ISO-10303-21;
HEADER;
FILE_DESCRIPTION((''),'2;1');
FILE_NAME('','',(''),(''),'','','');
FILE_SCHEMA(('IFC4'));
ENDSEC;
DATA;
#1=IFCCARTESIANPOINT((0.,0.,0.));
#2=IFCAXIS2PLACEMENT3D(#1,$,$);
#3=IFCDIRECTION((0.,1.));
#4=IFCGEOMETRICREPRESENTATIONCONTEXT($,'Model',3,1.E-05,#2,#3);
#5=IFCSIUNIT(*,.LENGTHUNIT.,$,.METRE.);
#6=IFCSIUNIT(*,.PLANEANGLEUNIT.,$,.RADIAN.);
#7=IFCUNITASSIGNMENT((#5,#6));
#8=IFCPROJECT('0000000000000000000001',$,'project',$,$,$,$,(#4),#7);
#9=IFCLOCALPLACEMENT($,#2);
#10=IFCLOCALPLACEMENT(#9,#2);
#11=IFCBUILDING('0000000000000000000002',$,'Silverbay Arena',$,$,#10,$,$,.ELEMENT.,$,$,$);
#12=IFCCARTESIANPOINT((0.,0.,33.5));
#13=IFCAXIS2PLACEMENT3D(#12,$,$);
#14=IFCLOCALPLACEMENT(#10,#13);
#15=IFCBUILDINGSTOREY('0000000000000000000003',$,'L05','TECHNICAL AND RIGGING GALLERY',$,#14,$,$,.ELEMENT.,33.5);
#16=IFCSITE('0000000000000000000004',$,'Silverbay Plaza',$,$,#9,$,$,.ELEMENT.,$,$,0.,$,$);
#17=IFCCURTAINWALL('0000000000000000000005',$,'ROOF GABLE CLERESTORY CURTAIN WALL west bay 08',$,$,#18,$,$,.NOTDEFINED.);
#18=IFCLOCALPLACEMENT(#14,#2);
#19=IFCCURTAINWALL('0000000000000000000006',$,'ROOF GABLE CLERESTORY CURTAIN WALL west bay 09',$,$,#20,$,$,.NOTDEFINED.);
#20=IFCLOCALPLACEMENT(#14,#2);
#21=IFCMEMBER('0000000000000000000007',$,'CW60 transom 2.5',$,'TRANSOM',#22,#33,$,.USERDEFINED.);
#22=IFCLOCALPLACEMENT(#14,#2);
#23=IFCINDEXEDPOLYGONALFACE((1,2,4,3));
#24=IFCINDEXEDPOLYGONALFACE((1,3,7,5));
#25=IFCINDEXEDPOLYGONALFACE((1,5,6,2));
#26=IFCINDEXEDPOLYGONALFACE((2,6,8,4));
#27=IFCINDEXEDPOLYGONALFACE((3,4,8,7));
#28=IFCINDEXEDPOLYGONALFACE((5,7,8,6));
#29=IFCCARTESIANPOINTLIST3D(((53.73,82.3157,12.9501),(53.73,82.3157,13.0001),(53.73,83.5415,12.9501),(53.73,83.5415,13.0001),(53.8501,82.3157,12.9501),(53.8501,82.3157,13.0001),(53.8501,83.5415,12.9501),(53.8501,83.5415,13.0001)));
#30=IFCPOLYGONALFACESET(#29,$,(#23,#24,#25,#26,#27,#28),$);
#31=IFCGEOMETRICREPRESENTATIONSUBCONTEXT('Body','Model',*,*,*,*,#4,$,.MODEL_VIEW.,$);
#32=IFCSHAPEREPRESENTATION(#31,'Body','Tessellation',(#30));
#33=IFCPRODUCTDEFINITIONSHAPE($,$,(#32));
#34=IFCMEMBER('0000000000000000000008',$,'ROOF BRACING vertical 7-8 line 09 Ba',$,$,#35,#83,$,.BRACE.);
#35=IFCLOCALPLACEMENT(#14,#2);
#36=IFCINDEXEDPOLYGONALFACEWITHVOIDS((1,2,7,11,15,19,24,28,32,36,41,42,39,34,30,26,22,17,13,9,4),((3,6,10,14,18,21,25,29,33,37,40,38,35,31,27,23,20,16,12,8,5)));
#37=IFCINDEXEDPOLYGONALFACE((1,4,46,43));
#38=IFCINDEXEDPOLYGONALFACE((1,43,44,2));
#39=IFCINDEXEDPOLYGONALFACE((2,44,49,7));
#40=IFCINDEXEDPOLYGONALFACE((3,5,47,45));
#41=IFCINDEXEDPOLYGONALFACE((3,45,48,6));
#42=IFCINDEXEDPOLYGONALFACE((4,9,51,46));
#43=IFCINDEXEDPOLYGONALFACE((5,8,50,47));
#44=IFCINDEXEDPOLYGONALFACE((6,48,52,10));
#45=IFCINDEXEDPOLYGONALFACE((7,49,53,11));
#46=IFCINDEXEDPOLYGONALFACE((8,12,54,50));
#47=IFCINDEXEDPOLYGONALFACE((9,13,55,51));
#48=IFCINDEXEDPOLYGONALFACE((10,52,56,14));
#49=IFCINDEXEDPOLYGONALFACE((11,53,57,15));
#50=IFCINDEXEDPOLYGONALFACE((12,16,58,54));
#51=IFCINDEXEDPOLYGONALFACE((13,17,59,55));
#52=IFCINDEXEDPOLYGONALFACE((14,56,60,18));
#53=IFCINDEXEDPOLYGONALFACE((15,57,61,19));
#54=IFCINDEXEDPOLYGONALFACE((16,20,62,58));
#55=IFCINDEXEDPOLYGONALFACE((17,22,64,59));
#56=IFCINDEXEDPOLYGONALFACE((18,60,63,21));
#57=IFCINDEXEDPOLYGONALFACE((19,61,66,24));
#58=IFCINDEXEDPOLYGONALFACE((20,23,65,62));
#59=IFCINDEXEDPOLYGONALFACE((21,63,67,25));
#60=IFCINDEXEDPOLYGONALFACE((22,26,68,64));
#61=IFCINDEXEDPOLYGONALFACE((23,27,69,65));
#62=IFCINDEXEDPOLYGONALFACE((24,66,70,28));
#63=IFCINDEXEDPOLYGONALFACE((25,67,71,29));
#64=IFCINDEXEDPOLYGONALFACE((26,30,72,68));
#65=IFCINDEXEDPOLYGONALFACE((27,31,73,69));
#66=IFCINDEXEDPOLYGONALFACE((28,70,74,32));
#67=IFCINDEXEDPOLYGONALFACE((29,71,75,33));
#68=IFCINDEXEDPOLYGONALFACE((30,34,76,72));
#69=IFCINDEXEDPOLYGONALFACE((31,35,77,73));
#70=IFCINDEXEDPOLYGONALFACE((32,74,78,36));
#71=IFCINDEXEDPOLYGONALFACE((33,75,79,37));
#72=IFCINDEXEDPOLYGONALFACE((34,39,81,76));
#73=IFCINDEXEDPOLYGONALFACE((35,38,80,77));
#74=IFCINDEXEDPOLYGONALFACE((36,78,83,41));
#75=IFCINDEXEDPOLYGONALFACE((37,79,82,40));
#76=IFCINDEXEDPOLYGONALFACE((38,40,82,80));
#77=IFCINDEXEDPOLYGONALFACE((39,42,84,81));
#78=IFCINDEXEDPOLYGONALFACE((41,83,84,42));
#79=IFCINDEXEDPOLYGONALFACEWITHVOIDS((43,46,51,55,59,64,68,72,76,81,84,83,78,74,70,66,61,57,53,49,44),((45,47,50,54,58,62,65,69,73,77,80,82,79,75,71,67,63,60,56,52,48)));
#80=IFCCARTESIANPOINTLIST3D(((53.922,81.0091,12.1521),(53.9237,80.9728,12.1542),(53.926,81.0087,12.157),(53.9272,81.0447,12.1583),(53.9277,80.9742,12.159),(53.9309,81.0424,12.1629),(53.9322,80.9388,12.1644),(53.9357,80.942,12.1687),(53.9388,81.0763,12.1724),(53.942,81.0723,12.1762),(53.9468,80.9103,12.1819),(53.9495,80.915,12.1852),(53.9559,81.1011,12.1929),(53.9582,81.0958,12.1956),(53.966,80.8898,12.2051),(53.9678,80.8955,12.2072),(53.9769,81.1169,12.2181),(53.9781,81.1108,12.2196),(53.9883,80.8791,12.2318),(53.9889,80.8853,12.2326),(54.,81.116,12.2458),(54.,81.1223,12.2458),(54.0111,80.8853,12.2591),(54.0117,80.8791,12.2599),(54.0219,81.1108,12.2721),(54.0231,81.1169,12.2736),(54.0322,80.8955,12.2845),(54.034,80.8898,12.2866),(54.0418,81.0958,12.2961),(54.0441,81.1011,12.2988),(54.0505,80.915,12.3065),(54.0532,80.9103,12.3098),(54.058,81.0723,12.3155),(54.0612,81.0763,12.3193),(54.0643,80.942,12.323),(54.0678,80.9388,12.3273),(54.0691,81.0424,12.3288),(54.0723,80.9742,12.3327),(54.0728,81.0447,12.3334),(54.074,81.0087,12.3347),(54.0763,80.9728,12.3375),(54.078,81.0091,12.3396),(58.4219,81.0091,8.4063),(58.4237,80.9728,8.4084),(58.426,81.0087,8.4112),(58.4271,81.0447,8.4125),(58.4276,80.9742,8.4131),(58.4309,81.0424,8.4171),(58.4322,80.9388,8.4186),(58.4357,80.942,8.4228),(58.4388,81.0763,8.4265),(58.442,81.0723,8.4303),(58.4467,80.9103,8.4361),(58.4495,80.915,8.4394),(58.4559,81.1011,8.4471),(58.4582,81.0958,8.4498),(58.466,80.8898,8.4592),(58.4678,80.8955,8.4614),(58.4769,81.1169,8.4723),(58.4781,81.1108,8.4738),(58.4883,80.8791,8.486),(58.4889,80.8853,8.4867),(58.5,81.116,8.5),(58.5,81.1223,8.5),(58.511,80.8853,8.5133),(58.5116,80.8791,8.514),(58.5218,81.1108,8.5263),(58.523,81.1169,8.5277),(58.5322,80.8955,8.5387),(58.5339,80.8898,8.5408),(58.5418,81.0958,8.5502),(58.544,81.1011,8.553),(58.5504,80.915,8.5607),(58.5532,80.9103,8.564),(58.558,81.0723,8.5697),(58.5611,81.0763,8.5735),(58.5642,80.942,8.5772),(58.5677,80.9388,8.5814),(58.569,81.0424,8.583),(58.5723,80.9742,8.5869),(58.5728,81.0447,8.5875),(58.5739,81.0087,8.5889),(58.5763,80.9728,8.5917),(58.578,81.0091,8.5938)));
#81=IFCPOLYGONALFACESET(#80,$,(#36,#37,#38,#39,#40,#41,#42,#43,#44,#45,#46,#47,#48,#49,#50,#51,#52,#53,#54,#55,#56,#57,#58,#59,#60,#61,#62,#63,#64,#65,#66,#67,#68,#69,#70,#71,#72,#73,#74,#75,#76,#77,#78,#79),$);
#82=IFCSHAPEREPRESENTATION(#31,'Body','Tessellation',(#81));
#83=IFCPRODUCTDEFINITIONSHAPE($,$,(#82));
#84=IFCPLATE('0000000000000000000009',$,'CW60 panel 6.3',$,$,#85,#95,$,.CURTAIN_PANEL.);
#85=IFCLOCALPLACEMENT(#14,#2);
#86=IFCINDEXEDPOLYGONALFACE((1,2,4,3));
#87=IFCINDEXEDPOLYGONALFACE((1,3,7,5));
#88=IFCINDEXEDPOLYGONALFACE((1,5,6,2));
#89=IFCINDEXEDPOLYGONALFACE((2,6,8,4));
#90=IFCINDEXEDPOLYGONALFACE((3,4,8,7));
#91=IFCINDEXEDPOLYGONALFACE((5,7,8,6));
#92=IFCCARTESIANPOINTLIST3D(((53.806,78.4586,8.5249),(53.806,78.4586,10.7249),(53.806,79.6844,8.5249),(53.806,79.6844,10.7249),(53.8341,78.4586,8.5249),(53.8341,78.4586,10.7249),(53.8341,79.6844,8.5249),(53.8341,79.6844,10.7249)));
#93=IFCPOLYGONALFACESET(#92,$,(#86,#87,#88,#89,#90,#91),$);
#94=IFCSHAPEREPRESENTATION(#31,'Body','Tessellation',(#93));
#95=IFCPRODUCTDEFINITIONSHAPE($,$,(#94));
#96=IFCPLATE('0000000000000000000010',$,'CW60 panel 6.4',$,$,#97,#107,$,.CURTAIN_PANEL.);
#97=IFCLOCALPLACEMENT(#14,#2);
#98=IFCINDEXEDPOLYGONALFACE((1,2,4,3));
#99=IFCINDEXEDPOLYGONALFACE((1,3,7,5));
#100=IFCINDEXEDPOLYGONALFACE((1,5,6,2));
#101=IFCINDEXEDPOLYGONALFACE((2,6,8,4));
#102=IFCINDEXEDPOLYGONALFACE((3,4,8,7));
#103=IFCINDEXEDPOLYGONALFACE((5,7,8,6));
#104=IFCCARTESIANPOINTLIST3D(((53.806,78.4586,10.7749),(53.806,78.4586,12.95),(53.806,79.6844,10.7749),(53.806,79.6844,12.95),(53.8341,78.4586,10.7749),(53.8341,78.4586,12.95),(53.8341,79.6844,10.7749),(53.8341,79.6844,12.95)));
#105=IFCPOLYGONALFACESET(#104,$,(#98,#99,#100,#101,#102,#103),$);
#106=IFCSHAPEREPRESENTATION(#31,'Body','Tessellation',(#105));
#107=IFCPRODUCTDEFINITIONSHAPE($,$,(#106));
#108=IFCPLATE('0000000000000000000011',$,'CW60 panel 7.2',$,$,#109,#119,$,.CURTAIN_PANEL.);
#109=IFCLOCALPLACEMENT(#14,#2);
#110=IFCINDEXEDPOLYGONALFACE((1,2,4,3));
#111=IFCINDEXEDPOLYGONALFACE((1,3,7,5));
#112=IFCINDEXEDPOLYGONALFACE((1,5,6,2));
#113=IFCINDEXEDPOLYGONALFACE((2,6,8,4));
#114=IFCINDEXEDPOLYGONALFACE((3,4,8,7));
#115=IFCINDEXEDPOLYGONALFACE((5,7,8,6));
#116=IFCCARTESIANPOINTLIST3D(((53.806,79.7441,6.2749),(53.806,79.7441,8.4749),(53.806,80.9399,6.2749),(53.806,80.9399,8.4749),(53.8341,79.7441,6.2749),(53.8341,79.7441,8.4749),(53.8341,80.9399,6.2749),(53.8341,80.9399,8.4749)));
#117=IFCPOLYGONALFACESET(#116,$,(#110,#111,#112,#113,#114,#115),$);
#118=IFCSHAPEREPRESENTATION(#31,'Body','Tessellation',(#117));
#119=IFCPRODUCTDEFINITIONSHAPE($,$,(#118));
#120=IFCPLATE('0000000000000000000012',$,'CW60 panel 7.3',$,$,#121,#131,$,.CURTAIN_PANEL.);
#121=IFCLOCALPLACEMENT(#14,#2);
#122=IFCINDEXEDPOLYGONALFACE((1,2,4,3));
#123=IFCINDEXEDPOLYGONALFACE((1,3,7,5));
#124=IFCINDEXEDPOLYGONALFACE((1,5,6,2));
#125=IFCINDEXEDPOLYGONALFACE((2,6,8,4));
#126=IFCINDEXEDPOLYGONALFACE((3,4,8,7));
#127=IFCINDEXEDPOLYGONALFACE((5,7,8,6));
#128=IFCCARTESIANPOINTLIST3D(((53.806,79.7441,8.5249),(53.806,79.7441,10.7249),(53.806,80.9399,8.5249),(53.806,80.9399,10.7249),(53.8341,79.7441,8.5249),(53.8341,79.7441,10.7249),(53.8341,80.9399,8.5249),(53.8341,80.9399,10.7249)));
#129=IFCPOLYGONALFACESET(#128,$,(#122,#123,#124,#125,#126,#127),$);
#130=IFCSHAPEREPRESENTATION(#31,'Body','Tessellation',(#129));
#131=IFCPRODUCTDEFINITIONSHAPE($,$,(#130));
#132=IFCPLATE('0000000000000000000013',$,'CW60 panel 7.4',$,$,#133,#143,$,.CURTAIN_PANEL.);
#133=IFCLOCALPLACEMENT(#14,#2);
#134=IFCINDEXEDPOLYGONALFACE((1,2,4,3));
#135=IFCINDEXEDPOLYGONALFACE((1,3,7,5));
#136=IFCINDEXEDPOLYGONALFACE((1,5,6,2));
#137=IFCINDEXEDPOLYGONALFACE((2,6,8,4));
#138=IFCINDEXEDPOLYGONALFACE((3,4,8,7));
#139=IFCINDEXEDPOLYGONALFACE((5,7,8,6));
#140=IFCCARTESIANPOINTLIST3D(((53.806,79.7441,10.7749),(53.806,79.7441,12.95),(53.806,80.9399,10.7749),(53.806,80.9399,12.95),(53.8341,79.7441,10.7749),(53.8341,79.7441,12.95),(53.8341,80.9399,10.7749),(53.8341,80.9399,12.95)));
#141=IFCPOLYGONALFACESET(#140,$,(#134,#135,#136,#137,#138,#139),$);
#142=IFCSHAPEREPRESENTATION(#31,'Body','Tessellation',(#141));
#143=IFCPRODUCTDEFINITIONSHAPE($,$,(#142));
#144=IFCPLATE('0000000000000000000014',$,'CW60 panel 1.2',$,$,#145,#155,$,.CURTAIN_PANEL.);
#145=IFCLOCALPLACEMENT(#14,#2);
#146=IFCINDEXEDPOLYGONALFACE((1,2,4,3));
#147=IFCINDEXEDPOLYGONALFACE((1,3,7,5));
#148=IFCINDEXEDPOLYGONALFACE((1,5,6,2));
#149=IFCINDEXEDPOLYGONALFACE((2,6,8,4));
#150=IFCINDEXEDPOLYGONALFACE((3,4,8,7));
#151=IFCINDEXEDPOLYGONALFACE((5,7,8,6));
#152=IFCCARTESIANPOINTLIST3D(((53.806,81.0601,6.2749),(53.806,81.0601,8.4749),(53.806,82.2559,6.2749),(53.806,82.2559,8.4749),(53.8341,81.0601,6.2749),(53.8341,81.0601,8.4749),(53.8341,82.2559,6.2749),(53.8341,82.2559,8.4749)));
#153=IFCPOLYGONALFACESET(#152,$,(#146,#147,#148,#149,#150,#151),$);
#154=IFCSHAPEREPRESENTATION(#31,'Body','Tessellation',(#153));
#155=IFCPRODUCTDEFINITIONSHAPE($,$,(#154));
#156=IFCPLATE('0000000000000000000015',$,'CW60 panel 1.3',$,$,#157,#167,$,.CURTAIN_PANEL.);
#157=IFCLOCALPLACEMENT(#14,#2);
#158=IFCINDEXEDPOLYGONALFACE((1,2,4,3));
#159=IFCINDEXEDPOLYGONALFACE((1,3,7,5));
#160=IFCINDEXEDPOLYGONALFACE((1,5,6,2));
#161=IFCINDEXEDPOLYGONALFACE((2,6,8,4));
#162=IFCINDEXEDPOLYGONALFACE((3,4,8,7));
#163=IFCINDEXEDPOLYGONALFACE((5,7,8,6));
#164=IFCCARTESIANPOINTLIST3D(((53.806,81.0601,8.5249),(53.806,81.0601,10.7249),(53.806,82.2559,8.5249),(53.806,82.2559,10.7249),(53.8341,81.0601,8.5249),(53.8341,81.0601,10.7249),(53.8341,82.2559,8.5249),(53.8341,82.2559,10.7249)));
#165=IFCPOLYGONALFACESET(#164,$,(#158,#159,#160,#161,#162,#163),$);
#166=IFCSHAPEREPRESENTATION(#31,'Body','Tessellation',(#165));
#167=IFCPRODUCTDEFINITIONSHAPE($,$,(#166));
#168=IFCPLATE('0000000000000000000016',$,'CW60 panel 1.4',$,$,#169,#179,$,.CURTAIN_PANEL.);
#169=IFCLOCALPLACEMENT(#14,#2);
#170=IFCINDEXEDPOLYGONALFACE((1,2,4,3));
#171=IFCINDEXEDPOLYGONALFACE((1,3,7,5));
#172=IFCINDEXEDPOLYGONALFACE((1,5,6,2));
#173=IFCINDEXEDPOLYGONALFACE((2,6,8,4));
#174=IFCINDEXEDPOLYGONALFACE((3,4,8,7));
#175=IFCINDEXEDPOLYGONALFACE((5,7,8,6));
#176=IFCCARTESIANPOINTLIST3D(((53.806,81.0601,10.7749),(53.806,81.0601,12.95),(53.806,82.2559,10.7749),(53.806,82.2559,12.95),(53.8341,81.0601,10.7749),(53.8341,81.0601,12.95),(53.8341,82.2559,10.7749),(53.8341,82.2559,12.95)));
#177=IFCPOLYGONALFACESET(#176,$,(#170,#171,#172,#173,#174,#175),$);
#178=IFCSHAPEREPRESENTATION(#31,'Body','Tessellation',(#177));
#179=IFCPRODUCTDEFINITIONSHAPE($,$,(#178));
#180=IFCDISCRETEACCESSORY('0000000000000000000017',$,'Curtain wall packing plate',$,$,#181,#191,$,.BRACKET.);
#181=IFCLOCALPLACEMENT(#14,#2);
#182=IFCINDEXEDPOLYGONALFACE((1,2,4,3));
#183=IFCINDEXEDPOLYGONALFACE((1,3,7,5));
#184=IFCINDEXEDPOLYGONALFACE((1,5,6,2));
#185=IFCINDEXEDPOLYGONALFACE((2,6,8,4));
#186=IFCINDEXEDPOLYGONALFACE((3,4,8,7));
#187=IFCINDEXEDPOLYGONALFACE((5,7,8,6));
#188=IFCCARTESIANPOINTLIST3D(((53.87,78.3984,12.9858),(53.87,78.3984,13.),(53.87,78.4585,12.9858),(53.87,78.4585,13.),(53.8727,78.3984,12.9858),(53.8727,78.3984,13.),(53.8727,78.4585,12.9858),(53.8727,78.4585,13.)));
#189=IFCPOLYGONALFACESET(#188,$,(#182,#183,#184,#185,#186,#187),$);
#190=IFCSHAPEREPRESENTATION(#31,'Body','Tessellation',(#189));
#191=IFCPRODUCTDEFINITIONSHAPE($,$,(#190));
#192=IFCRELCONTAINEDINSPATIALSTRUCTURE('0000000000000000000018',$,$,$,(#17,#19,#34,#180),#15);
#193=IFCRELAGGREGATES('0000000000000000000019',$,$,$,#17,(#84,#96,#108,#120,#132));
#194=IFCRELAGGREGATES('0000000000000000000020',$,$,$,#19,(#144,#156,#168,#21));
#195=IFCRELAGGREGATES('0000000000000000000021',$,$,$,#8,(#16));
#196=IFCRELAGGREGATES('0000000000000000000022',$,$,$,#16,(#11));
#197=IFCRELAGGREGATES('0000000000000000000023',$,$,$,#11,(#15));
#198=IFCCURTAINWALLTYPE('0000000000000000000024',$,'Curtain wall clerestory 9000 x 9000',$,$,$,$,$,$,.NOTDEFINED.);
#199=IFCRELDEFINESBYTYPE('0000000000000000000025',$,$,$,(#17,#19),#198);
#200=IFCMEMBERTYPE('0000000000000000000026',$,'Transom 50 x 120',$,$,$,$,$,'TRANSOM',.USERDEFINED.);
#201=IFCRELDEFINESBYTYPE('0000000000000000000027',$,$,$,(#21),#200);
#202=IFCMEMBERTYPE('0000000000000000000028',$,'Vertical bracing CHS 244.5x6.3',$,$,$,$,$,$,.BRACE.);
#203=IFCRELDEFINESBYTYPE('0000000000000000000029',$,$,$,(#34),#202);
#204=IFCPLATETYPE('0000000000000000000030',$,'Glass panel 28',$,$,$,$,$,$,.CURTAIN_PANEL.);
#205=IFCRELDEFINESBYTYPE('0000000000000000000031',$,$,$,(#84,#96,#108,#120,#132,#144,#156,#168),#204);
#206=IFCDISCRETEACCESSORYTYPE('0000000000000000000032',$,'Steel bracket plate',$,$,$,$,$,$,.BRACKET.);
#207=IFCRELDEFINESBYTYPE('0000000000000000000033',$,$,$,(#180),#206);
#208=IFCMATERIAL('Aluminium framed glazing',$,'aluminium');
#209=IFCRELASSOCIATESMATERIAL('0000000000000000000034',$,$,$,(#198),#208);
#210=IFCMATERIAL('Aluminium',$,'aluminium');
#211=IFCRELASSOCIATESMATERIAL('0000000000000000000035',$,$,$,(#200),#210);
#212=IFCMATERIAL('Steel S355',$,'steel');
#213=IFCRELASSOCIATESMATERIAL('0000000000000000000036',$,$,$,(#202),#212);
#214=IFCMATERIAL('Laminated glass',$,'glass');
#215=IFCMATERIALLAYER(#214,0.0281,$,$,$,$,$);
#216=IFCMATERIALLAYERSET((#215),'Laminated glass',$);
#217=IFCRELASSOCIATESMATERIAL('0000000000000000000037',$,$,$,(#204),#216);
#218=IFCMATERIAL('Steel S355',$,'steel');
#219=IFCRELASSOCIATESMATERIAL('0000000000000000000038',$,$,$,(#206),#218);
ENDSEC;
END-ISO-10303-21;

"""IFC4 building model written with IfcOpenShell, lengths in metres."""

from ifc_helpers import new_model, si_unit, direction, frame, origin, origin_2d, place, context, subcontext, project, spatial, rectangle, hollow_circle, extrude, material, layer, layer_set, material_profile, profile_set, type_object, element, aggregate, save


model = new_model("IFC4")

# Units and contexts
model_context = context("Model", 3, precision=1e-05, world=origin(), true_north=direction((0.0, 1.0)))
body_context = subcontext(model_context, "Body", "Model", "MODEL_VIEW")
ifc_project = project(units=[si_unit("LENGTHUNIT", "METRE"), si_unit("PLANEANGLEUNIT", "RADIAN")], contexts=[model_context])

# Site, building, storey
site_placement = place(None, origin())
site = spatial("IfcSite", under=ifc_project, at=site_placement, Name="Silverbay Plaza", CompositionType="ELEMENT", RefElevation=0.0)
building_placement = place(site_placement, origin())
building = spatial("IfcBuilding", under=site, at=building_placement, Name="Silverbay Arena", CompositionType="ELEMENT")
storey_placement = place(building_placement, frame((0.0, 0.0, 33.5)))
storey = spatial("IfcBuildingStorey", under=building, at=storey_placement, Name="L05", Description="TECHNICAL AND RIGGING GALLERY", CompositionType="ELEMENT", Elevation=33.5)

# Curtain walls, member
ifc_material_1 = material(Name="Aluminium framed glazing", Category="aluminium")
curtain_wall_type = type_object("IfcCurtainWallType", Name="Curtain wall clerestory 9000 x 9000", PredefinedType="NOTDEFINED", material=ifc_material_1)
curtain_wall_1_placement = place(storey_placement, origin())
curtain_wall_1 = element("IfcCurtainWall", 1, at=curtain_wall_1_placement, inside=storey, type_object=curtain_wall_type, Name="ROOF GABLE CLERESTORY CURTAIN WALL west bay 08", PredefinedType="NOTDEFINED")
ifc_material_2 = material(Name="Aluminium", Category="aluminium")
ifc_material_profile_1 = material_profile(ifc_material_2, rectangle(XDim=0.1201, YDim=0.05, at=origin_2d()), Name="Transom 50 x 120")
ifc_profile_set_1 = profile_set([ifc_material_profile_1], Name="Aluminium")
member_type_1 = type_object("IfcMemberType", Name="Transom 50 x 120", ElementType="TRANSOM", PredefinedType="USERDEFINED", material=ifc_profile_set_1)
curtain_wall_2_placement = place(storey_placement, origin())
curtain_wall_2 = element("IfcCurtainWall", 2, at=curtain_wall_2_placement, inside=storey, type_object=curtain_wall_type, Name="ROOF GABLE CLERESTORY CURTAIN WALL west bay 09", PredefinedType="NOTDEFINED")
member_1_placement = place(storey_placement, frame((53.79, 82.3157, 12.9751), z_axis=(0.0, 1.0, 0.0), x_axis=(-1.0, 0.0, 0.0)))
member_1 = element("IfcMember", 3, at=member_1_placement, type_object=member_type_1, Name="CW60 transom 2.5", ObjectType="TRANSOM", PredefinedType="USERDEFINED", context=body_context, shape_type="SweptSolid", body=[
    extrude(rectangle(XDim=0.1201, YDim=0.05, at=origin_2d()), origin(), (0.0, 0.0, 1.0), 1.2258),
])

# Member
ifc_material_3 = material(Name="Steel S355", Category="steel")
ifc_material_profile_2 = material_profile(ifc_material_3, hollow_circle(Radius=0.1223, WallThickness=0.0063, at=origin_2d()), Name="CHS 244.5x6.3")
ifc_profile_set_2 = profile_set([ifc_material_profile_2], Name="Steel S355")
member_type_2 = type_object("IfcMemberType", Name="Vertical bracing CHS 244.5x6.3", PredefinedType="BRACE", material=ifc_profile_set_2)
member_2_placement = place(storey_placement, frame((54.0, 81.0, 12.2458), z_axis=(0.76857, 0.0, -0.639766), x_axis=(0.0, 1.0, 0.0)))
element("IfcMember", 4, at=member_2_placement, inside=storey, type_object=member_type_2, Name="ROOF BRACING vertical 7-8 line 09 Ba", PredefinedType="BRACE", context=body_context, shape_type="SweptSolid", body=[
    extrude(hollow_circle(Radius=0.1223, WallThickness=0.0063, at=origin_2d()), origin(), (0.0, 0.0, 1.0), 5.855),
])

# Plates
ifc_material_4 = material(Name="Laminated glass", Category="glass")
ifc_layer = layer(ifc_material_4, 0.0281)
ifc_layer_set = layer_set([ifc_layer], Name="Laminated glass")
plate_type = type_object("IfcPlateType", Name="Glass panel 28", PredefinedType="CURTAIN_PANEL", material=ifc_layer_set)
plate_1_placement = place(storey_placement, frame((53.8201, 79.0715, 8.5249), z_axis=(0.0, 0.0, 1.0), x_axis=(0.0, 1.0, 0.0)))
plate_1 = element("IfcPlate", 5, at=plate_1_placement, type_object=plate_type, Name="CW60 panel 6.3", PredefinedType="CURTAIN_PANEL", context=body_context, shape_type="SweptSolid", body=[
    extrude(rectangle(XDim=1.2258, YDim=0.0281, at=origin_2d()), origin(), (0.0, 0.0, 1.0), 2.2),
])
plate_2_placement = place(storey_placement, frame((53.8201, 79.0715, 10.7749), z_axis=(0.0, 0.0, 1.0), x_axis=(0.0, 1.0, 0.0)))
plate_2 = element("IfcPlate", 6, at=plate_2_placement, type_object=plate_type, Name="CW60 panel 6.4", PredefinedType="CURTAIN_PANEL", context=body_context, shape_type="SweptSolid", body=[
    extrude(rectangle(XDim=1.2258, YDim=0.0281, at=origin_2d()), origin(), (0.0, 0.0, 1.0), 2.175),
])
plate_3_placement = place(storey_placement, frame((53.8201, 80.342, 6.2749), z_axis=(0.0, 0.0, 1.0), x_axis=(0.0, 1.0, 0.0)))
plate_3 = element("IfcPlate", 7, at=plate_3_placement, type_object=plate_type, Name="CW60 panel 7.2", PredefinedType="CURTAIN_PANEL", context=body_context, shape_type="SweptSolid", body=[
    extrude(rectangle(XDim=1.1958, YDim=0.0281, at=origin_2d()), origin(), (0.0, 0.0, 1.0), 2.2),
])
plate_4_placement = place(storey_placement, frame((53.8201, 80.342, 8.5249), z_axis=(0.0, 0.0, 1.0), x_axis=(0.0, 1.0, 0.0)))
plate_4 = element("IfcPlate", 8, at=plate_4_placement, type_object=plate_type, Name="CW60 panel 7.3", PredefinedType="CURTAIN_PANEL", context=body_context, shape_type="SweptSolid", body=[
    extrude(rectangle(XDim=1.1958, YDim=0.0281, at=origin_2d()), origin(), (0.0, 0.0, 1.0), 2.2),
])
plate_5_placement = place(storey_placement, frame((53.8201, 80.342, 10.7749), z_axis=(0.0, 0.0, 1.0), x_axis=(0.0, 1.0, 0.0)))
plate_5 = element("IfcPlate", 9, at=plate_5_placement, type_object=plate_type, Name="CW60 panel 7.4", PredefinedType="CURTAIN_PANEL", context=body_context, shape_type="SweptSolid", body=[
    extrude(rectangle(XDim=1.1958, YDim=0.0281, at=origin_2d()), origin(), (0.0, 0.0, 1.0), 2.175),
])
aggregate(curtain_wall_1, [plate_1, plate_2, plate_3, plate_4, plate_5])
plate_6_placement = place(storey_placement, frame((53.8201, 81.658, 6.2749), z_axis=(0.0, 0.0, 1.0), x_axis=(0.0, 1.0, 0.0)))
plate_6 = element("IfcPlate", 10, at=plate_6_placement, type_object=plate_type, Name="CW60 panel 1.2", PredefinedType="CURTAIN_PANEL", context=body_context, shape_type="SweptSolid", body=[
    extrude(rectangle(XDim=1.1958, YDim=0.0281, at=origin_2d()), origin(), (0.0, 0.0, 1.0), 2.2),
])
plate_7_placement = place(storey_placement, frame((53.8201, 81.658, 8.5249), z_axis=(0.0, 0.0, 1.0), x_axis=(0.0, 1.0, 0.0)))
plate_7 = element("IfcPlate", 11, at=plate_7_placement, type_object=plate_type, Name="CW60 panel 1.3", PredefinedType="CURTAIN_PANEL", context=body_context, shape_type="SweptSolid", body=[
    extrude(rectangle(XDim=1.1958, YDim=0.0281, at=origin_2d()), origin(), (0.0, 0.0, 1.0), 2.2),
])
plate_8_placement = place(storey_placement, frame((53.8201, 81.658, 10.7749), z_axis=(0.0, 0.0, 1.0), x_axis=(0.0, 1.0, 0.0)))
plate_8 = element("IfcPlate", 12, at=plate_8_placement, type_object=plate_type, Name="CW60 panel 1.4", PredefinedType="CURTAIN_PANEL", context=body_context, shape_type="SweptSolid", body=[
    extrude(rectangle(XDim=1.1958, YDim=0.0281, at=origin_2d()), origin(), (0.0, 0.0, 1.0), 2.175),
])
aggregate(curtain_wall_2, [plate_6, plate_7, plate_8, member_1])

# Discrete accessory
ifc_material_5 = material(Name="Steel S355", Category="steel")
discrete_accessory_type = type_object("IfcDiscreteAccessoryType", Name="Steel bracket plate", PredefinedType="BRACKET", material=ifc_material_5)
for number, where, z_axis, x_axis, name in (
    (13, (53.8713, 78.4285, 12.9858), (0.0, 0.0, 1.0), (1.0, 0.0, 0.0), "Curtain wall packing plate"),
):
    element("IfcDiscreteAccessory", number, at=place(storey_placement, frame(where, z_axis=z_axis, x_axis=x_axis)), inside=storey, type_object=discrete_accessory_type, Name=name, PredefinedType="BRACKET", context=body_context, shape_type="SweptSolid", body=[
        extrude(rectangle(XDim=0.0027, YDim=0.0601, at=origin_2d()), origin(), (0.0, 0.0, 1.0), 0.0142),
    ])

save(model, "model.ifc")
